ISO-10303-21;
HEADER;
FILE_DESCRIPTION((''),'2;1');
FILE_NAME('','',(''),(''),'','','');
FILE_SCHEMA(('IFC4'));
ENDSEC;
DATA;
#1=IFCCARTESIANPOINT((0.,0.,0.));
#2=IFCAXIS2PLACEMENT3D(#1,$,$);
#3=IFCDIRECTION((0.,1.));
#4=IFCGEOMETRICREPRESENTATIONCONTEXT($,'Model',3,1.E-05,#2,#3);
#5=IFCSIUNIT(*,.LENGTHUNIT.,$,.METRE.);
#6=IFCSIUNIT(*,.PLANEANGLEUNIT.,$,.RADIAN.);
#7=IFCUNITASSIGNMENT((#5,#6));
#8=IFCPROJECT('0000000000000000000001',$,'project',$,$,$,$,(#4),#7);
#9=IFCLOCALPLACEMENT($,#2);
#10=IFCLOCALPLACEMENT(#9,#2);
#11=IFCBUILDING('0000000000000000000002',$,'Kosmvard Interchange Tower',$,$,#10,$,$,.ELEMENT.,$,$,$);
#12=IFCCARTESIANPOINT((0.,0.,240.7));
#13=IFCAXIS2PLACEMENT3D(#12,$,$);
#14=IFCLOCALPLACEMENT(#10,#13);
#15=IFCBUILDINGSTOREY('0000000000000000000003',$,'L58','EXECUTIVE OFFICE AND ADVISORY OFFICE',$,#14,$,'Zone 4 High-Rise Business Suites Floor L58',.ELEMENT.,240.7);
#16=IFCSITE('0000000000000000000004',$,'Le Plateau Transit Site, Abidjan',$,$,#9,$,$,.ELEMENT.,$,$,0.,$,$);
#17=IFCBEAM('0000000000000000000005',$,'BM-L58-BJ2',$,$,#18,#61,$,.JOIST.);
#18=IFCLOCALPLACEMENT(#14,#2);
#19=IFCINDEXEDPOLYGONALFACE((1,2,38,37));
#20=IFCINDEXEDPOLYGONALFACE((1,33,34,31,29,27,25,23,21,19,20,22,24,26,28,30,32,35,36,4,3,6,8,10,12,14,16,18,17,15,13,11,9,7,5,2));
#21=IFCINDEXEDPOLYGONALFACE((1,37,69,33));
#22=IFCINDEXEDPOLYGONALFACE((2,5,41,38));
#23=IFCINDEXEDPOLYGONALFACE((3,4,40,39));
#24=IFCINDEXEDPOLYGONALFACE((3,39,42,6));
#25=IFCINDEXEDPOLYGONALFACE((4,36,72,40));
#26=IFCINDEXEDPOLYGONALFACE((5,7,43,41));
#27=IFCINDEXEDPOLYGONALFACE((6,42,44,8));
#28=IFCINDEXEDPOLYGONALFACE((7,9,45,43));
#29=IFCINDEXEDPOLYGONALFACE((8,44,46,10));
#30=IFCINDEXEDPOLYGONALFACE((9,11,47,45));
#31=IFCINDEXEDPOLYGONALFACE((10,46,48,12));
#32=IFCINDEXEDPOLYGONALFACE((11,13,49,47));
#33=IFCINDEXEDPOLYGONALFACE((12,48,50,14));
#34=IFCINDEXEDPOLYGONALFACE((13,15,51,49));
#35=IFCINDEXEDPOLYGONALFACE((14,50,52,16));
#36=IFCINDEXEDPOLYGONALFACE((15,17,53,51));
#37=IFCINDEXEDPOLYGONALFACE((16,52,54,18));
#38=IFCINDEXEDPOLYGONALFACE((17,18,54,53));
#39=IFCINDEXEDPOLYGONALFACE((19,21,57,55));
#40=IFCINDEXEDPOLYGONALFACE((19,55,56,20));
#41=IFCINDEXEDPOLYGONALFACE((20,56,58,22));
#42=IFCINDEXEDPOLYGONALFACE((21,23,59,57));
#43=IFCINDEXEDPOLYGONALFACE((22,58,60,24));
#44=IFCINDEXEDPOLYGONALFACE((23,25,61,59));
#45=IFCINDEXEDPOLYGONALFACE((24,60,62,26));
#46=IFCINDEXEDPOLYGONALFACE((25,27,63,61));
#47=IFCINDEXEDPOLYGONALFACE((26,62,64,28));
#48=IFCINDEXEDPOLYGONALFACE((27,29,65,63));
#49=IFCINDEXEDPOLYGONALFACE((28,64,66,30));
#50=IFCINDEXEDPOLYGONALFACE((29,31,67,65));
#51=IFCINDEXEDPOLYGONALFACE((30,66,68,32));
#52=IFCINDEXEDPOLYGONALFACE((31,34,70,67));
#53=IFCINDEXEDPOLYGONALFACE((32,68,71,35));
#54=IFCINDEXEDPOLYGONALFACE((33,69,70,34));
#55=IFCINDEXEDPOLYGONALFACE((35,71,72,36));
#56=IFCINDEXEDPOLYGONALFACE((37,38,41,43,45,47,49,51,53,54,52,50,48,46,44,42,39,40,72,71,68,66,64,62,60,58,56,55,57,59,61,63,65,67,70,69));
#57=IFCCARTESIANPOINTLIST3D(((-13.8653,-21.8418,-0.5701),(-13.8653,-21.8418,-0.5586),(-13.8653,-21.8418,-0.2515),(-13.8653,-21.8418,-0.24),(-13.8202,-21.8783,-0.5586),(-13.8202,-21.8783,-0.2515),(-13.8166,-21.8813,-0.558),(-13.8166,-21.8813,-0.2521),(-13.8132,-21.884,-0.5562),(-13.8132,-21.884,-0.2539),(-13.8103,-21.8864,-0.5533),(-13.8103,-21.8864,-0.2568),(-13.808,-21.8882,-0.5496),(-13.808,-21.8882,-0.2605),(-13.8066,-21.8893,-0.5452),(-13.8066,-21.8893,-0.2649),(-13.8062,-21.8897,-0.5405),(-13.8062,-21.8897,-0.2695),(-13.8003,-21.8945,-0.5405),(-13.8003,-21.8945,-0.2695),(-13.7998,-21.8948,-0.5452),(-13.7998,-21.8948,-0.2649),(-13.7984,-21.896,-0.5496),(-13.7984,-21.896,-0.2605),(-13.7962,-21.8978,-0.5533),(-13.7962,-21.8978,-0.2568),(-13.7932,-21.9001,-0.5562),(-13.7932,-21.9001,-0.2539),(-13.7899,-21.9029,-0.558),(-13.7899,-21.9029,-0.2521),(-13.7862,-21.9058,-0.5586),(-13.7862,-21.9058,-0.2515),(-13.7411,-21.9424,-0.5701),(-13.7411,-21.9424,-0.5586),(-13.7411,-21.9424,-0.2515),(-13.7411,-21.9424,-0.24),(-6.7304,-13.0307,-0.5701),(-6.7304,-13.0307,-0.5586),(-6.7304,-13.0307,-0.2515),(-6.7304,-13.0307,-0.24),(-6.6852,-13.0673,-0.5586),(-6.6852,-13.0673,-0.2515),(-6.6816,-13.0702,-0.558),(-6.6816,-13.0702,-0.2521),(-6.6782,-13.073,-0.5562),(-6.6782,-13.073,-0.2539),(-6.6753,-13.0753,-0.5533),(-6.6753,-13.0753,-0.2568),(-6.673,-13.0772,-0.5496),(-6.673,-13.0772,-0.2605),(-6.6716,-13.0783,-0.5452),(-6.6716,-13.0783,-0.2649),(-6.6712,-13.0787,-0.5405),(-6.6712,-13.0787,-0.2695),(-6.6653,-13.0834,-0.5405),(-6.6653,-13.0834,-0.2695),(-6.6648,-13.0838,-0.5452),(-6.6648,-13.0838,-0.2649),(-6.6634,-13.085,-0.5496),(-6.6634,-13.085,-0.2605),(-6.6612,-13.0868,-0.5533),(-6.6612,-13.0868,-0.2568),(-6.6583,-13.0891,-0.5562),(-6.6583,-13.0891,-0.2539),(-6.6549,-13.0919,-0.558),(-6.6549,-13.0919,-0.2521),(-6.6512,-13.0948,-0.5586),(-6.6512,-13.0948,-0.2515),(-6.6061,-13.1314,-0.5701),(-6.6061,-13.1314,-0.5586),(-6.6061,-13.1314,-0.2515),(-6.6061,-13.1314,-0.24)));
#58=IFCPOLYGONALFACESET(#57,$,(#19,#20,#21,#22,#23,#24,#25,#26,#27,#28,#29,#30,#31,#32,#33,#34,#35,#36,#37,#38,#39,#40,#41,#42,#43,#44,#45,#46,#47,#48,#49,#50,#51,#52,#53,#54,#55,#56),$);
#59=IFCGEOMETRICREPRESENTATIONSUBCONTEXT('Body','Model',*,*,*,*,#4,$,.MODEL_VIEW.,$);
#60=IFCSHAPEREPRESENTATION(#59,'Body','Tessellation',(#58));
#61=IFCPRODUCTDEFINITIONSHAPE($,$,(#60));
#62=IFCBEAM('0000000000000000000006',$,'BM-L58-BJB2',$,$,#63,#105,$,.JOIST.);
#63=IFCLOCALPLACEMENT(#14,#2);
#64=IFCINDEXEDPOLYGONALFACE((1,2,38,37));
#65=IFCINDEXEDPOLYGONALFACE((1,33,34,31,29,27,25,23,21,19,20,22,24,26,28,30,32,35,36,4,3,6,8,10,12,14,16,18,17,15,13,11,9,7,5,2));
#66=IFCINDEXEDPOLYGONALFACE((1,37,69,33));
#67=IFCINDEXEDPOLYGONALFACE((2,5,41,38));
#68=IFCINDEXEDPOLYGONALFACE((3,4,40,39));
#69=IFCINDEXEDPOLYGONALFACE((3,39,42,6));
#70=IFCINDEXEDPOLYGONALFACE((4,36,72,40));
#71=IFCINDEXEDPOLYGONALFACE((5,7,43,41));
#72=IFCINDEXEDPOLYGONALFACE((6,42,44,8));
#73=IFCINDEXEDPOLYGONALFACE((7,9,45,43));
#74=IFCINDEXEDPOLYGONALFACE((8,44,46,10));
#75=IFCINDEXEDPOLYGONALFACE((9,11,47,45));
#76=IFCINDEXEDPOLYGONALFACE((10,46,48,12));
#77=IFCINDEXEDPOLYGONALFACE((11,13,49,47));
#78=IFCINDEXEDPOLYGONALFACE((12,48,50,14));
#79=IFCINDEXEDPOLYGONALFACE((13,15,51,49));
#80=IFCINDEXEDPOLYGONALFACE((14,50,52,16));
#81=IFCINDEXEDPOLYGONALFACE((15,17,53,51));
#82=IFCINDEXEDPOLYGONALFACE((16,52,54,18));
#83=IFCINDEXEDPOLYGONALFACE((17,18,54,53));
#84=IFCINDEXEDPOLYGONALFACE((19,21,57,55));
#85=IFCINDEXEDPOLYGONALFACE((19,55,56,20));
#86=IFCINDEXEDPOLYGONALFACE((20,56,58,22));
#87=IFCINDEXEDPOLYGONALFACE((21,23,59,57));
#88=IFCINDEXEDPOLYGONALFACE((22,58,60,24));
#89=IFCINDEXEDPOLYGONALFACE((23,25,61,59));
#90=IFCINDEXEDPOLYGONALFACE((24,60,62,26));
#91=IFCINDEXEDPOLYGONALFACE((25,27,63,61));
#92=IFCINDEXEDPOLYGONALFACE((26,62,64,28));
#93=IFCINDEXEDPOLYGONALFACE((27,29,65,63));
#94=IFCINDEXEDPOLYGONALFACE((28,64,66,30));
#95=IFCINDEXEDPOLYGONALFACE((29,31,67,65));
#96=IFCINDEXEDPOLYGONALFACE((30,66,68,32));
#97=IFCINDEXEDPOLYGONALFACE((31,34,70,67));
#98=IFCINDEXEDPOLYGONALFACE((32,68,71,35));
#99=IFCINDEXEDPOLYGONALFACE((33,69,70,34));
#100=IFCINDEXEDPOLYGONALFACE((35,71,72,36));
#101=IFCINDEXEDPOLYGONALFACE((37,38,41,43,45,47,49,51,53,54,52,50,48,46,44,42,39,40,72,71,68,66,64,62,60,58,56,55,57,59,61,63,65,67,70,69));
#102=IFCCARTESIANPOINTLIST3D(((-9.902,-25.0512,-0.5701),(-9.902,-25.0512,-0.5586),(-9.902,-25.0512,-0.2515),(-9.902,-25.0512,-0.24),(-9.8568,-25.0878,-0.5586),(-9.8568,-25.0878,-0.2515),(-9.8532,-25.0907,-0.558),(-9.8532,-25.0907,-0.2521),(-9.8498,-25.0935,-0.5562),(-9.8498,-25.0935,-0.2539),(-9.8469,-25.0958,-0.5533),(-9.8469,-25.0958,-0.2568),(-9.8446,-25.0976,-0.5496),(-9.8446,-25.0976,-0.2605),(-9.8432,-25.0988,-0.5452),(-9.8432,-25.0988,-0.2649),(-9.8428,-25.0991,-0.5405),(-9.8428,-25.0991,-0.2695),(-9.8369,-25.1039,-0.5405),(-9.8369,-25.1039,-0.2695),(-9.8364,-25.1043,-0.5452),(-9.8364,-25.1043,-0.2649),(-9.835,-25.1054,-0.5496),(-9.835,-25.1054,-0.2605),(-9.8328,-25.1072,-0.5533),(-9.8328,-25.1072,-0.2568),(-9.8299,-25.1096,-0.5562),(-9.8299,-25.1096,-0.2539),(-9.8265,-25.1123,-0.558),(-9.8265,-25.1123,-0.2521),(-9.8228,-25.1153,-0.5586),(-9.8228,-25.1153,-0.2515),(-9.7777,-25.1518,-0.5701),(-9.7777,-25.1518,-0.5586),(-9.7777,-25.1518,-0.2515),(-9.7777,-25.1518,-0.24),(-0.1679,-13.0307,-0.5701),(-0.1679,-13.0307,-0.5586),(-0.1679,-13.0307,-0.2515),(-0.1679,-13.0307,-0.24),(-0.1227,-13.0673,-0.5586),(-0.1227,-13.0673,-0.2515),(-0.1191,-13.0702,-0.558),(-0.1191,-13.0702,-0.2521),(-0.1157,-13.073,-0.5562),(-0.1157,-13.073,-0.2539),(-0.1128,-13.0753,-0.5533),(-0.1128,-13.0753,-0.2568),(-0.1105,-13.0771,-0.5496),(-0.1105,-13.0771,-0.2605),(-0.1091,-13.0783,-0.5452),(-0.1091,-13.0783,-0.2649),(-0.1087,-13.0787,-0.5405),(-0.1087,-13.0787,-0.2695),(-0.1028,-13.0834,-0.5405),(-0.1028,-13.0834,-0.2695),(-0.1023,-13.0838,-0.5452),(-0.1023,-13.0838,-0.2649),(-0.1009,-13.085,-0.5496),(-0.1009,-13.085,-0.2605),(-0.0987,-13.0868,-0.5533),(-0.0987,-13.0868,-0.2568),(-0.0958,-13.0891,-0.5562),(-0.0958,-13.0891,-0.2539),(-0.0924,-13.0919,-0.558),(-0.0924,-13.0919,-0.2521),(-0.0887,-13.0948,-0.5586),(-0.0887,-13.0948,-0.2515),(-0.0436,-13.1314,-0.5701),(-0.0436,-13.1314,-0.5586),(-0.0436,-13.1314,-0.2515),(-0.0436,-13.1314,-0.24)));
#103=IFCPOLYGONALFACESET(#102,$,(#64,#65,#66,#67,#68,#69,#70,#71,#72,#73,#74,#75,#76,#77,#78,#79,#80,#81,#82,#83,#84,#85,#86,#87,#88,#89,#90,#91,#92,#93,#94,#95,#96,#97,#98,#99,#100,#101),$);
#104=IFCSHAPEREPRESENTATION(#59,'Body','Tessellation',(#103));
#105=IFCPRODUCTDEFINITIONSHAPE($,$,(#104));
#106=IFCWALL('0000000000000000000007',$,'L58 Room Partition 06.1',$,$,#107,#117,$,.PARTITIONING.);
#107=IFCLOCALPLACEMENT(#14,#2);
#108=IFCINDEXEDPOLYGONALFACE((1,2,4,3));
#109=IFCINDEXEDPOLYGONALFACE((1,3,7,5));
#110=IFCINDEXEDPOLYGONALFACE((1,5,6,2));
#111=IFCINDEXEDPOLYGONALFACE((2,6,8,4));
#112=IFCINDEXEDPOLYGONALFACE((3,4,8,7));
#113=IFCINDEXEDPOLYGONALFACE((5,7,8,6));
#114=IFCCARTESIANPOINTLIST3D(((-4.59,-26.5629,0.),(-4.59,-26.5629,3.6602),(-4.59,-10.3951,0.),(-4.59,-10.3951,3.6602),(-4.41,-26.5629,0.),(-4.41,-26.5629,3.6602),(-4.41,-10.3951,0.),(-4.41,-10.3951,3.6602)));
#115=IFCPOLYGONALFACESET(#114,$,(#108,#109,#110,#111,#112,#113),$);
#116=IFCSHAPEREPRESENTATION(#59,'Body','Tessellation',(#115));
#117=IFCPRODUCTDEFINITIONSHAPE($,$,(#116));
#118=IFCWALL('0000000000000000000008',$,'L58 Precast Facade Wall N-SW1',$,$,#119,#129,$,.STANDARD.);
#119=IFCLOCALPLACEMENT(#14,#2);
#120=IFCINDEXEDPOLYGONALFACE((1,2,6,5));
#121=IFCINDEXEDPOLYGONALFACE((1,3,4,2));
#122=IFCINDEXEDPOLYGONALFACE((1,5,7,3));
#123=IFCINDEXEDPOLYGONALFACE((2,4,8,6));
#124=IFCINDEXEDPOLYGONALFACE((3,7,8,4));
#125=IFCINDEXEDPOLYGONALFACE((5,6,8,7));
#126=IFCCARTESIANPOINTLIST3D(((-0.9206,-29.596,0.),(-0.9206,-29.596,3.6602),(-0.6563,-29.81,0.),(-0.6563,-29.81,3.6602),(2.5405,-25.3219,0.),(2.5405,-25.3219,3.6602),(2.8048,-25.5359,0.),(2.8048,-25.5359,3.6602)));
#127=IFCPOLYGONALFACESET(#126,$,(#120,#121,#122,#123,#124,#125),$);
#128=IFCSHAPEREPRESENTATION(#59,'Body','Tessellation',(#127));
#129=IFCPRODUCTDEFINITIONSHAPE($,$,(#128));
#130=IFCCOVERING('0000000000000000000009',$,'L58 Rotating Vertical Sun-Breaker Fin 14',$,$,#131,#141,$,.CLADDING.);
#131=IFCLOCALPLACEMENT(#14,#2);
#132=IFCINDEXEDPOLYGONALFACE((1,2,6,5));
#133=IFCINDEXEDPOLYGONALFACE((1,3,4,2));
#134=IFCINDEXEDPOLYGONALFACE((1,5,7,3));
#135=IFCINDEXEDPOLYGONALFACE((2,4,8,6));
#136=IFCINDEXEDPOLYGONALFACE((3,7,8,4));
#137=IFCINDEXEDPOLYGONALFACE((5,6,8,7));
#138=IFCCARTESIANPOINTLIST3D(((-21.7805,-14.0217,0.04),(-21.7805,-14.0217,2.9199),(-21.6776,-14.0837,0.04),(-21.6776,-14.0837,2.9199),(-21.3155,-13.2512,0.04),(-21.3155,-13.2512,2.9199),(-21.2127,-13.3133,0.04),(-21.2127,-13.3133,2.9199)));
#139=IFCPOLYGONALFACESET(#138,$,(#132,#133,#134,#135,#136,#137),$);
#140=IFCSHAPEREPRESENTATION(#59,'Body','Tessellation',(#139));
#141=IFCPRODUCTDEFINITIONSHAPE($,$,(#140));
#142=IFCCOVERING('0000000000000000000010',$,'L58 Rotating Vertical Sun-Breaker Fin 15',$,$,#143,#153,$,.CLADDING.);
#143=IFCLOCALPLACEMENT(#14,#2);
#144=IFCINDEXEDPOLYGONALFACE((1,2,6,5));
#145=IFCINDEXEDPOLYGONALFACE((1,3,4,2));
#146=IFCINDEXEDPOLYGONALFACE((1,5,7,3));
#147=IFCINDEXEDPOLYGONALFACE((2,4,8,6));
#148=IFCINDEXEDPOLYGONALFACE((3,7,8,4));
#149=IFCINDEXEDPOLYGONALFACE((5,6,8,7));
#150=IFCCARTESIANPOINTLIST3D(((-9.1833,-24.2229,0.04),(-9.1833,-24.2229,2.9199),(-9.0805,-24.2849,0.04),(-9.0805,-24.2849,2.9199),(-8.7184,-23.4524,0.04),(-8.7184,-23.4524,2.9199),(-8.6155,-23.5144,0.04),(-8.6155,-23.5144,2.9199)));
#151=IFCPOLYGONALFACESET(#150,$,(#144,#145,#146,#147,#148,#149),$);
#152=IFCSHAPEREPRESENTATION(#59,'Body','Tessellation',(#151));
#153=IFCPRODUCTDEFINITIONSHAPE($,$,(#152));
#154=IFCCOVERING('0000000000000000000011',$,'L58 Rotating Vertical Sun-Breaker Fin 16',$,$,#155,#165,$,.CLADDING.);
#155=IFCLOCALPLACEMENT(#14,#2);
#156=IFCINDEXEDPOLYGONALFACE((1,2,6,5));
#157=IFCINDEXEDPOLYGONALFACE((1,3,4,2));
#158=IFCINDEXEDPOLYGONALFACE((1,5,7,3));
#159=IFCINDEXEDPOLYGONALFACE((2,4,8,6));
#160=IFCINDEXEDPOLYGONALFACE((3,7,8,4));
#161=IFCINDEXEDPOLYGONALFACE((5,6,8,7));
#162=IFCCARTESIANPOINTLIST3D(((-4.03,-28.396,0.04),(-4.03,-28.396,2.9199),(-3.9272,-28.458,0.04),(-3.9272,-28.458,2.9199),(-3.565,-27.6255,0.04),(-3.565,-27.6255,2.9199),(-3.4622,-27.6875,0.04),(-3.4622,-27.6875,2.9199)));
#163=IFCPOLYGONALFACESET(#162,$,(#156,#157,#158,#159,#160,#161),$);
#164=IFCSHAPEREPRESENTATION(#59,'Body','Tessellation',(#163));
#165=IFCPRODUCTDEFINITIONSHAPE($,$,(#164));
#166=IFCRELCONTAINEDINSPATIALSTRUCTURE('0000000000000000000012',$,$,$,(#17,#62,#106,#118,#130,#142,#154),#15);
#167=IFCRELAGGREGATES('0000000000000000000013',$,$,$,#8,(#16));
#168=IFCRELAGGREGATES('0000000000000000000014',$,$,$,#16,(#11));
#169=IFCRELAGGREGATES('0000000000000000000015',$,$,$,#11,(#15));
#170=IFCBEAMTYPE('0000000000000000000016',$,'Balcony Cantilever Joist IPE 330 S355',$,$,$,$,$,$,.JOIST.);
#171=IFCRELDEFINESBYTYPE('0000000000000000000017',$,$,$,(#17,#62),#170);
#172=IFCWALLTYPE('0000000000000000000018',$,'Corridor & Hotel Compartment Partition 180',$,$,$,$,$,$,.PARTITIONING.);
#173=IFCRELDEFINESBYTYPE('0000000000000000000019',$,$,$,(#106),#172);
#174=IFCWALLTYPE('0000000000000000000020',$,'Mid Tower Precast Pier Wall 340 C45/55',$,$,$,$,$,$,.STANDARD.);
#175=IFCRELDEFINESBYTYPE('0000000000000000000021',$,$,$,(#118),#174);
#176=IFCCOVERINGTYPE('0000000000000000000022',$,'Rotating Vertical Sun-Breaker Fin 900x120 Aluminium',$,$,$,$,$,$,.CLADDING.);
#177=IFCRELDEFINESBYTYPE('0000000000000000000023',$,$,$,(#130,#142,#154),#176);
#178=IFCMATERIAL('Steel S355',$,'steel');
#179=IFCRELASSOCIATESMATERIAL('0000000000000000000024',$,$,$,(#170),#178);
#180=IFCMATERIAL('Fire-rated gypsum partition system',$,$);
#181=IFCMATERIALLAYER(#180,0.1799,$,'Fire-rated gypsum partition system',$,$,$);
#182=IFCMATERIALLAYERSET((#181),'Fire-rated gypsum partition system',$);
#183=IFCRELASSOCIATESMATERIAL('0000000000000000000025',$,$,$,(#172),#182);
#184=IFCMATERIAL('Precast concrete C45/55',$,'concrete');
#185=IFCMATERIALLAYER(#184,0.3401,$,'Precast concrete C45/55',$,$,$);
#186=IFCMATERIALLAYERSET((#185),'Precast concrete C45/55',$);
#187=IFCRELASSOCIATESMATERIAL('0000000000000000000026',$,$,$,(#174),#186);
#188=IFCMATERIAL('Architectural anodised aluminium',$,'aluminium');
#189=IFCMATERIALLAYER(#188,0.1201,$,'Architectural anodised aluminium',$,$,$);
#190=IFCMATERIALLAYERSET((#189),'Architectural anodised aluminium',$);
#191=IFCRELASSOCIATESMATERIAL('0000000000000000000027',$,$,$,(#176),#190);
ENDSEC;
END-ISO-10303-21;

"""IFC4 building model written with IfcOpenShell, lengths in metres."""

from ifc_helpers import new_model, si_unit, direction, frame, frame_2d, origin, origin_2d, place, context, subcontext, project, spatial, rectangle, i_section, extrude, source, transform, mapped, material, layer, layer_set, material_profile, profile_set, type_object, element, save


model = new_model("IFC4")

# Units and contexts
model_context = context("Model", 3, precision=1e-05, world=origin(), true_north=direction((0.0, 1.0)))
body_context = subcontext(model_context, "Body", "Model", "MODEL_VIEW")
ifc_project = project(units=[si_unit("LENGTHUNIT", "METRE"), si_unit("PLANEANGLEUNIT", "RADIAN")], contexts=[model_context])

# Site, building, storey
site_placement = place(None, origin())
site = spatial("IfcSite", under=ifc_project, at=site_placement, Name="Le Plateau Transit Site, Abidjan", CompositionType="ELEMENT", RefElevation=0.0)
building_placement = place(site_placement, origin())
building = spatial("IfcBuilding", under=site, at=building_placement, Name="Kosmvard Interchange Tower", CompositionType="ELEMENT")
storey_placement = place(building_placement, frame((0.0, 0.0, 240.7)))
storey = spatial("IfcBuildingStorey", under=building, at=storey_placement, Name="L58", Description="EXECUTIVE OFFICE AND ADVISORY OFFICE", LongName="Zone 4 High-Rise Business Suites Floor L58", CompositionType="ELEMENT", Elevation=240.7)

# Beams
ifc_material_1 = material(Name="Steel S355", Category="steel")
ifc_material_2 = material(Name="Precast concrete C45/55", Category="concrete")
ifc_material_profile_1 = material_profile(ifc_material_1, i_section(OverallWidth=0.1599, OverallDepth=0.3301, WebThickness=0.0076, FlangeThickness=0.0115, FilletRadius=0.0181, at=origin_2d()), Name="IPE 330")
ifc_profile_set_1 = profile_set([ifc_material_profile_1], Name="Steel S355")
beam_type_1 = type_object("IfcBeamType", Name="Balcony Cantilever Joist IPE 330 S355", PredefinedType="JOIST", material=ifc_profile_set_1)
shared_shape_1 = source(origin(), body_context, "Body", "SweptSolid", [
    extrude(i_section(OverallWidth=0.1599, OverallDepth=0.3301, WebThickness=0.0076, FlangeThickness=0.0115, FilletRadius=0.0181, at=origin_2d()), origin(), (0.0, 0.0, 1.0), 11.3376),
])
beam_1_placement = place(storey_placement, frame((-6.6682, -13.0811, -0.405), z_axis=(-0.629319, -0.777147, 0.0), x_axis=(0.777147, -0.629319, 0.0)))
element("IfcBeam", 1, at=beam_1_placement, inside=storey, type_object=beam_type_1, Name="BM-L58-BJ2", PredefinedType="JOIST", context=body_context, shape_type="MappedRepresentation", body=[
    mapped(shared_shape_1, transform((0.0, 0.0, 0.0), scale=1.0)),
])
shared_shape_2 = source(origin(), body_context, "Body", "SweptSolid", [
    extrude(i_section(OverallWidth=0.1599, OverallDepth=0.3301, WebThickness=0.0076, FlangeThickness=0.0115, FilletRadius=0.0181, at=origin_2d()), origin(), (0.0, 0.0, 1.0), 15.4675),
])
beam_2_placement = place(storey_placement, frame((-0.1057, -13.0811, -0.405), z_axis=(-0.629325, -0.777142, 0.0), x_axis=(0.777142, -0.629325, 0.0)))
element("IfcBeam", 2, at=beam_2_placement, inside=storey, type_object=beam_type_1, Name="BM-L58-BJB2", PredefinedType="JOIST", context=body_context, shape_type="MappedRepresentation", body=[
    mapped(shared_shape_2, transform((0.0, 0.0, 0.0), scale=1.0)),
])

# Walls
ifc_material_3 = material(Name="Fire-rated gypsum partition system")
ifc_layer_1 = layer(ifc_material_3, 0.1799, Name="Fire-rated gypsum partition system")
ifc_layer_set_1 = layer_set([ifc_layer_1], Name="Fire-rated gypsum partition system")
wall_type_1 = type_object("IfcWallType", Name="Corridor & Hotel Compartment Partition 180", PredefinedType="PARTITIONING", material=ifc_layer_set_1)
wall_1_placement = place(storey_placement, frame((-4.5, -10.395, 0.0), z_axis=(0.0, 0.0, 1.0), x_axis=(0.0, -1.0, 0.0)))
element("IfcWall", 3, at=wall_1_placement, inside=storey, type_object=wall_type_1, Name="L58 Room Partition 06.1", PredefinedType="PARTITIONING", context=body_context, shape_type="SweptSolid", body=[
    extrude(rectangle(XDim=16.1677, YDim=0.1799, at=frame_2d((8.084, 0.0))), origin(), (0.0, 0.0, 1.0), 3.6602),
])
ifc_layer_2 = layer(ifc_material_2, 0.3401, Name="Precast concrete C45/55")
ifc_layer_set_2 = layer_set([ifc_layer_2], Name="Precast concrete C45/55")
wall_type_2 = type_object("IfcWallType", Name="Mid Tower Precast Pier Wall 340 C45/55", PredefinedType="STANDARD", material=ifc_layer_set_2)
wall_2_placement = place(storey_placement, frame((-0.7886, -29.7031, 0.0), z_axis=(0.0, 0.0, 1.0), x_axis=(0.629323, 0.777144, 0.0)))
element("IfcWall", 4, at=wall_2_placement, inside=storey, type_object=wall_type_2, Name="L58 Precast Facade Wall N-SW1", PredefinedType="STANDARD", context=body_context, shape_type="SweptSolid", body=[
    extrude(rectangle(XDim=5.4998, YDim=0.3401, at=frame_2d((2.75, 0.0))), origin(), (0.0, 0.0, 1.0), 3.6602),
])

# Coverings
ifc_material_4 = material(Name="Architectural anodised aluminium", Category="aluminium")
ifc_layer_3 = layer(ifc_material_4, 0.1201, Name="Architectural anodised aluminium")
ifc_layer_set_3 = layer_set([ifc_layer_3], Name="Architectural anodised aluminium")
covering_type = type_object("IfcCoveringType", Name="Rotating Vertical Sun-Breaker Fin 900x120 Aluminium", PredefinedType="CLADDING", material=ifc_layer_set_3)
shared_shape_3 = source(origin(), body_context, "Body", "SweptSolid", [
    extrude(rectangle(XDim=0.8999, YDim=0.1201, at=origin_2d()), origin(), (0.0, 0.0, 1.0), 2.8799),
])
for number, where, z_axis, x_axis, name in (
    (5, (-21.4966, -13.6675, 0.04), (0.0, 0.0, 1.0), (-0.516683, -0.856177, 0.0), "L58 Rotating Vertical Sun-Breaker Fin 14"),
    (6, (-8.8994, -23.8687, 0.04), (0.0, 0.0, 1.0), (-0.516683, -0.856177, 0.0), "L58 Rotating Vertical Sun-Breaker Fin 15"),
    (7, (-3.7461, -28.0417, 0.04), (0.0, 0.0, 1.0), (-0.516683, -0.856177, 0.0), "L58 Rotating Vertical Sun-Breaker Fin 16"),
):
    element("IfcCovering", number, at=place(storey_placement, frame(where, z_axis=z_axis, x_axis=x_axis)), inside=storey, type_object=covering_type, Name=name, PredefinedType="CLADDING", context=body_context, shape_type="MappedRepresentation", body=[
        mapped(shared_shape_3, transform((0.0, 0.0, 0.0), scale=1.0)),
    ])

save(model, "model.ifc")
